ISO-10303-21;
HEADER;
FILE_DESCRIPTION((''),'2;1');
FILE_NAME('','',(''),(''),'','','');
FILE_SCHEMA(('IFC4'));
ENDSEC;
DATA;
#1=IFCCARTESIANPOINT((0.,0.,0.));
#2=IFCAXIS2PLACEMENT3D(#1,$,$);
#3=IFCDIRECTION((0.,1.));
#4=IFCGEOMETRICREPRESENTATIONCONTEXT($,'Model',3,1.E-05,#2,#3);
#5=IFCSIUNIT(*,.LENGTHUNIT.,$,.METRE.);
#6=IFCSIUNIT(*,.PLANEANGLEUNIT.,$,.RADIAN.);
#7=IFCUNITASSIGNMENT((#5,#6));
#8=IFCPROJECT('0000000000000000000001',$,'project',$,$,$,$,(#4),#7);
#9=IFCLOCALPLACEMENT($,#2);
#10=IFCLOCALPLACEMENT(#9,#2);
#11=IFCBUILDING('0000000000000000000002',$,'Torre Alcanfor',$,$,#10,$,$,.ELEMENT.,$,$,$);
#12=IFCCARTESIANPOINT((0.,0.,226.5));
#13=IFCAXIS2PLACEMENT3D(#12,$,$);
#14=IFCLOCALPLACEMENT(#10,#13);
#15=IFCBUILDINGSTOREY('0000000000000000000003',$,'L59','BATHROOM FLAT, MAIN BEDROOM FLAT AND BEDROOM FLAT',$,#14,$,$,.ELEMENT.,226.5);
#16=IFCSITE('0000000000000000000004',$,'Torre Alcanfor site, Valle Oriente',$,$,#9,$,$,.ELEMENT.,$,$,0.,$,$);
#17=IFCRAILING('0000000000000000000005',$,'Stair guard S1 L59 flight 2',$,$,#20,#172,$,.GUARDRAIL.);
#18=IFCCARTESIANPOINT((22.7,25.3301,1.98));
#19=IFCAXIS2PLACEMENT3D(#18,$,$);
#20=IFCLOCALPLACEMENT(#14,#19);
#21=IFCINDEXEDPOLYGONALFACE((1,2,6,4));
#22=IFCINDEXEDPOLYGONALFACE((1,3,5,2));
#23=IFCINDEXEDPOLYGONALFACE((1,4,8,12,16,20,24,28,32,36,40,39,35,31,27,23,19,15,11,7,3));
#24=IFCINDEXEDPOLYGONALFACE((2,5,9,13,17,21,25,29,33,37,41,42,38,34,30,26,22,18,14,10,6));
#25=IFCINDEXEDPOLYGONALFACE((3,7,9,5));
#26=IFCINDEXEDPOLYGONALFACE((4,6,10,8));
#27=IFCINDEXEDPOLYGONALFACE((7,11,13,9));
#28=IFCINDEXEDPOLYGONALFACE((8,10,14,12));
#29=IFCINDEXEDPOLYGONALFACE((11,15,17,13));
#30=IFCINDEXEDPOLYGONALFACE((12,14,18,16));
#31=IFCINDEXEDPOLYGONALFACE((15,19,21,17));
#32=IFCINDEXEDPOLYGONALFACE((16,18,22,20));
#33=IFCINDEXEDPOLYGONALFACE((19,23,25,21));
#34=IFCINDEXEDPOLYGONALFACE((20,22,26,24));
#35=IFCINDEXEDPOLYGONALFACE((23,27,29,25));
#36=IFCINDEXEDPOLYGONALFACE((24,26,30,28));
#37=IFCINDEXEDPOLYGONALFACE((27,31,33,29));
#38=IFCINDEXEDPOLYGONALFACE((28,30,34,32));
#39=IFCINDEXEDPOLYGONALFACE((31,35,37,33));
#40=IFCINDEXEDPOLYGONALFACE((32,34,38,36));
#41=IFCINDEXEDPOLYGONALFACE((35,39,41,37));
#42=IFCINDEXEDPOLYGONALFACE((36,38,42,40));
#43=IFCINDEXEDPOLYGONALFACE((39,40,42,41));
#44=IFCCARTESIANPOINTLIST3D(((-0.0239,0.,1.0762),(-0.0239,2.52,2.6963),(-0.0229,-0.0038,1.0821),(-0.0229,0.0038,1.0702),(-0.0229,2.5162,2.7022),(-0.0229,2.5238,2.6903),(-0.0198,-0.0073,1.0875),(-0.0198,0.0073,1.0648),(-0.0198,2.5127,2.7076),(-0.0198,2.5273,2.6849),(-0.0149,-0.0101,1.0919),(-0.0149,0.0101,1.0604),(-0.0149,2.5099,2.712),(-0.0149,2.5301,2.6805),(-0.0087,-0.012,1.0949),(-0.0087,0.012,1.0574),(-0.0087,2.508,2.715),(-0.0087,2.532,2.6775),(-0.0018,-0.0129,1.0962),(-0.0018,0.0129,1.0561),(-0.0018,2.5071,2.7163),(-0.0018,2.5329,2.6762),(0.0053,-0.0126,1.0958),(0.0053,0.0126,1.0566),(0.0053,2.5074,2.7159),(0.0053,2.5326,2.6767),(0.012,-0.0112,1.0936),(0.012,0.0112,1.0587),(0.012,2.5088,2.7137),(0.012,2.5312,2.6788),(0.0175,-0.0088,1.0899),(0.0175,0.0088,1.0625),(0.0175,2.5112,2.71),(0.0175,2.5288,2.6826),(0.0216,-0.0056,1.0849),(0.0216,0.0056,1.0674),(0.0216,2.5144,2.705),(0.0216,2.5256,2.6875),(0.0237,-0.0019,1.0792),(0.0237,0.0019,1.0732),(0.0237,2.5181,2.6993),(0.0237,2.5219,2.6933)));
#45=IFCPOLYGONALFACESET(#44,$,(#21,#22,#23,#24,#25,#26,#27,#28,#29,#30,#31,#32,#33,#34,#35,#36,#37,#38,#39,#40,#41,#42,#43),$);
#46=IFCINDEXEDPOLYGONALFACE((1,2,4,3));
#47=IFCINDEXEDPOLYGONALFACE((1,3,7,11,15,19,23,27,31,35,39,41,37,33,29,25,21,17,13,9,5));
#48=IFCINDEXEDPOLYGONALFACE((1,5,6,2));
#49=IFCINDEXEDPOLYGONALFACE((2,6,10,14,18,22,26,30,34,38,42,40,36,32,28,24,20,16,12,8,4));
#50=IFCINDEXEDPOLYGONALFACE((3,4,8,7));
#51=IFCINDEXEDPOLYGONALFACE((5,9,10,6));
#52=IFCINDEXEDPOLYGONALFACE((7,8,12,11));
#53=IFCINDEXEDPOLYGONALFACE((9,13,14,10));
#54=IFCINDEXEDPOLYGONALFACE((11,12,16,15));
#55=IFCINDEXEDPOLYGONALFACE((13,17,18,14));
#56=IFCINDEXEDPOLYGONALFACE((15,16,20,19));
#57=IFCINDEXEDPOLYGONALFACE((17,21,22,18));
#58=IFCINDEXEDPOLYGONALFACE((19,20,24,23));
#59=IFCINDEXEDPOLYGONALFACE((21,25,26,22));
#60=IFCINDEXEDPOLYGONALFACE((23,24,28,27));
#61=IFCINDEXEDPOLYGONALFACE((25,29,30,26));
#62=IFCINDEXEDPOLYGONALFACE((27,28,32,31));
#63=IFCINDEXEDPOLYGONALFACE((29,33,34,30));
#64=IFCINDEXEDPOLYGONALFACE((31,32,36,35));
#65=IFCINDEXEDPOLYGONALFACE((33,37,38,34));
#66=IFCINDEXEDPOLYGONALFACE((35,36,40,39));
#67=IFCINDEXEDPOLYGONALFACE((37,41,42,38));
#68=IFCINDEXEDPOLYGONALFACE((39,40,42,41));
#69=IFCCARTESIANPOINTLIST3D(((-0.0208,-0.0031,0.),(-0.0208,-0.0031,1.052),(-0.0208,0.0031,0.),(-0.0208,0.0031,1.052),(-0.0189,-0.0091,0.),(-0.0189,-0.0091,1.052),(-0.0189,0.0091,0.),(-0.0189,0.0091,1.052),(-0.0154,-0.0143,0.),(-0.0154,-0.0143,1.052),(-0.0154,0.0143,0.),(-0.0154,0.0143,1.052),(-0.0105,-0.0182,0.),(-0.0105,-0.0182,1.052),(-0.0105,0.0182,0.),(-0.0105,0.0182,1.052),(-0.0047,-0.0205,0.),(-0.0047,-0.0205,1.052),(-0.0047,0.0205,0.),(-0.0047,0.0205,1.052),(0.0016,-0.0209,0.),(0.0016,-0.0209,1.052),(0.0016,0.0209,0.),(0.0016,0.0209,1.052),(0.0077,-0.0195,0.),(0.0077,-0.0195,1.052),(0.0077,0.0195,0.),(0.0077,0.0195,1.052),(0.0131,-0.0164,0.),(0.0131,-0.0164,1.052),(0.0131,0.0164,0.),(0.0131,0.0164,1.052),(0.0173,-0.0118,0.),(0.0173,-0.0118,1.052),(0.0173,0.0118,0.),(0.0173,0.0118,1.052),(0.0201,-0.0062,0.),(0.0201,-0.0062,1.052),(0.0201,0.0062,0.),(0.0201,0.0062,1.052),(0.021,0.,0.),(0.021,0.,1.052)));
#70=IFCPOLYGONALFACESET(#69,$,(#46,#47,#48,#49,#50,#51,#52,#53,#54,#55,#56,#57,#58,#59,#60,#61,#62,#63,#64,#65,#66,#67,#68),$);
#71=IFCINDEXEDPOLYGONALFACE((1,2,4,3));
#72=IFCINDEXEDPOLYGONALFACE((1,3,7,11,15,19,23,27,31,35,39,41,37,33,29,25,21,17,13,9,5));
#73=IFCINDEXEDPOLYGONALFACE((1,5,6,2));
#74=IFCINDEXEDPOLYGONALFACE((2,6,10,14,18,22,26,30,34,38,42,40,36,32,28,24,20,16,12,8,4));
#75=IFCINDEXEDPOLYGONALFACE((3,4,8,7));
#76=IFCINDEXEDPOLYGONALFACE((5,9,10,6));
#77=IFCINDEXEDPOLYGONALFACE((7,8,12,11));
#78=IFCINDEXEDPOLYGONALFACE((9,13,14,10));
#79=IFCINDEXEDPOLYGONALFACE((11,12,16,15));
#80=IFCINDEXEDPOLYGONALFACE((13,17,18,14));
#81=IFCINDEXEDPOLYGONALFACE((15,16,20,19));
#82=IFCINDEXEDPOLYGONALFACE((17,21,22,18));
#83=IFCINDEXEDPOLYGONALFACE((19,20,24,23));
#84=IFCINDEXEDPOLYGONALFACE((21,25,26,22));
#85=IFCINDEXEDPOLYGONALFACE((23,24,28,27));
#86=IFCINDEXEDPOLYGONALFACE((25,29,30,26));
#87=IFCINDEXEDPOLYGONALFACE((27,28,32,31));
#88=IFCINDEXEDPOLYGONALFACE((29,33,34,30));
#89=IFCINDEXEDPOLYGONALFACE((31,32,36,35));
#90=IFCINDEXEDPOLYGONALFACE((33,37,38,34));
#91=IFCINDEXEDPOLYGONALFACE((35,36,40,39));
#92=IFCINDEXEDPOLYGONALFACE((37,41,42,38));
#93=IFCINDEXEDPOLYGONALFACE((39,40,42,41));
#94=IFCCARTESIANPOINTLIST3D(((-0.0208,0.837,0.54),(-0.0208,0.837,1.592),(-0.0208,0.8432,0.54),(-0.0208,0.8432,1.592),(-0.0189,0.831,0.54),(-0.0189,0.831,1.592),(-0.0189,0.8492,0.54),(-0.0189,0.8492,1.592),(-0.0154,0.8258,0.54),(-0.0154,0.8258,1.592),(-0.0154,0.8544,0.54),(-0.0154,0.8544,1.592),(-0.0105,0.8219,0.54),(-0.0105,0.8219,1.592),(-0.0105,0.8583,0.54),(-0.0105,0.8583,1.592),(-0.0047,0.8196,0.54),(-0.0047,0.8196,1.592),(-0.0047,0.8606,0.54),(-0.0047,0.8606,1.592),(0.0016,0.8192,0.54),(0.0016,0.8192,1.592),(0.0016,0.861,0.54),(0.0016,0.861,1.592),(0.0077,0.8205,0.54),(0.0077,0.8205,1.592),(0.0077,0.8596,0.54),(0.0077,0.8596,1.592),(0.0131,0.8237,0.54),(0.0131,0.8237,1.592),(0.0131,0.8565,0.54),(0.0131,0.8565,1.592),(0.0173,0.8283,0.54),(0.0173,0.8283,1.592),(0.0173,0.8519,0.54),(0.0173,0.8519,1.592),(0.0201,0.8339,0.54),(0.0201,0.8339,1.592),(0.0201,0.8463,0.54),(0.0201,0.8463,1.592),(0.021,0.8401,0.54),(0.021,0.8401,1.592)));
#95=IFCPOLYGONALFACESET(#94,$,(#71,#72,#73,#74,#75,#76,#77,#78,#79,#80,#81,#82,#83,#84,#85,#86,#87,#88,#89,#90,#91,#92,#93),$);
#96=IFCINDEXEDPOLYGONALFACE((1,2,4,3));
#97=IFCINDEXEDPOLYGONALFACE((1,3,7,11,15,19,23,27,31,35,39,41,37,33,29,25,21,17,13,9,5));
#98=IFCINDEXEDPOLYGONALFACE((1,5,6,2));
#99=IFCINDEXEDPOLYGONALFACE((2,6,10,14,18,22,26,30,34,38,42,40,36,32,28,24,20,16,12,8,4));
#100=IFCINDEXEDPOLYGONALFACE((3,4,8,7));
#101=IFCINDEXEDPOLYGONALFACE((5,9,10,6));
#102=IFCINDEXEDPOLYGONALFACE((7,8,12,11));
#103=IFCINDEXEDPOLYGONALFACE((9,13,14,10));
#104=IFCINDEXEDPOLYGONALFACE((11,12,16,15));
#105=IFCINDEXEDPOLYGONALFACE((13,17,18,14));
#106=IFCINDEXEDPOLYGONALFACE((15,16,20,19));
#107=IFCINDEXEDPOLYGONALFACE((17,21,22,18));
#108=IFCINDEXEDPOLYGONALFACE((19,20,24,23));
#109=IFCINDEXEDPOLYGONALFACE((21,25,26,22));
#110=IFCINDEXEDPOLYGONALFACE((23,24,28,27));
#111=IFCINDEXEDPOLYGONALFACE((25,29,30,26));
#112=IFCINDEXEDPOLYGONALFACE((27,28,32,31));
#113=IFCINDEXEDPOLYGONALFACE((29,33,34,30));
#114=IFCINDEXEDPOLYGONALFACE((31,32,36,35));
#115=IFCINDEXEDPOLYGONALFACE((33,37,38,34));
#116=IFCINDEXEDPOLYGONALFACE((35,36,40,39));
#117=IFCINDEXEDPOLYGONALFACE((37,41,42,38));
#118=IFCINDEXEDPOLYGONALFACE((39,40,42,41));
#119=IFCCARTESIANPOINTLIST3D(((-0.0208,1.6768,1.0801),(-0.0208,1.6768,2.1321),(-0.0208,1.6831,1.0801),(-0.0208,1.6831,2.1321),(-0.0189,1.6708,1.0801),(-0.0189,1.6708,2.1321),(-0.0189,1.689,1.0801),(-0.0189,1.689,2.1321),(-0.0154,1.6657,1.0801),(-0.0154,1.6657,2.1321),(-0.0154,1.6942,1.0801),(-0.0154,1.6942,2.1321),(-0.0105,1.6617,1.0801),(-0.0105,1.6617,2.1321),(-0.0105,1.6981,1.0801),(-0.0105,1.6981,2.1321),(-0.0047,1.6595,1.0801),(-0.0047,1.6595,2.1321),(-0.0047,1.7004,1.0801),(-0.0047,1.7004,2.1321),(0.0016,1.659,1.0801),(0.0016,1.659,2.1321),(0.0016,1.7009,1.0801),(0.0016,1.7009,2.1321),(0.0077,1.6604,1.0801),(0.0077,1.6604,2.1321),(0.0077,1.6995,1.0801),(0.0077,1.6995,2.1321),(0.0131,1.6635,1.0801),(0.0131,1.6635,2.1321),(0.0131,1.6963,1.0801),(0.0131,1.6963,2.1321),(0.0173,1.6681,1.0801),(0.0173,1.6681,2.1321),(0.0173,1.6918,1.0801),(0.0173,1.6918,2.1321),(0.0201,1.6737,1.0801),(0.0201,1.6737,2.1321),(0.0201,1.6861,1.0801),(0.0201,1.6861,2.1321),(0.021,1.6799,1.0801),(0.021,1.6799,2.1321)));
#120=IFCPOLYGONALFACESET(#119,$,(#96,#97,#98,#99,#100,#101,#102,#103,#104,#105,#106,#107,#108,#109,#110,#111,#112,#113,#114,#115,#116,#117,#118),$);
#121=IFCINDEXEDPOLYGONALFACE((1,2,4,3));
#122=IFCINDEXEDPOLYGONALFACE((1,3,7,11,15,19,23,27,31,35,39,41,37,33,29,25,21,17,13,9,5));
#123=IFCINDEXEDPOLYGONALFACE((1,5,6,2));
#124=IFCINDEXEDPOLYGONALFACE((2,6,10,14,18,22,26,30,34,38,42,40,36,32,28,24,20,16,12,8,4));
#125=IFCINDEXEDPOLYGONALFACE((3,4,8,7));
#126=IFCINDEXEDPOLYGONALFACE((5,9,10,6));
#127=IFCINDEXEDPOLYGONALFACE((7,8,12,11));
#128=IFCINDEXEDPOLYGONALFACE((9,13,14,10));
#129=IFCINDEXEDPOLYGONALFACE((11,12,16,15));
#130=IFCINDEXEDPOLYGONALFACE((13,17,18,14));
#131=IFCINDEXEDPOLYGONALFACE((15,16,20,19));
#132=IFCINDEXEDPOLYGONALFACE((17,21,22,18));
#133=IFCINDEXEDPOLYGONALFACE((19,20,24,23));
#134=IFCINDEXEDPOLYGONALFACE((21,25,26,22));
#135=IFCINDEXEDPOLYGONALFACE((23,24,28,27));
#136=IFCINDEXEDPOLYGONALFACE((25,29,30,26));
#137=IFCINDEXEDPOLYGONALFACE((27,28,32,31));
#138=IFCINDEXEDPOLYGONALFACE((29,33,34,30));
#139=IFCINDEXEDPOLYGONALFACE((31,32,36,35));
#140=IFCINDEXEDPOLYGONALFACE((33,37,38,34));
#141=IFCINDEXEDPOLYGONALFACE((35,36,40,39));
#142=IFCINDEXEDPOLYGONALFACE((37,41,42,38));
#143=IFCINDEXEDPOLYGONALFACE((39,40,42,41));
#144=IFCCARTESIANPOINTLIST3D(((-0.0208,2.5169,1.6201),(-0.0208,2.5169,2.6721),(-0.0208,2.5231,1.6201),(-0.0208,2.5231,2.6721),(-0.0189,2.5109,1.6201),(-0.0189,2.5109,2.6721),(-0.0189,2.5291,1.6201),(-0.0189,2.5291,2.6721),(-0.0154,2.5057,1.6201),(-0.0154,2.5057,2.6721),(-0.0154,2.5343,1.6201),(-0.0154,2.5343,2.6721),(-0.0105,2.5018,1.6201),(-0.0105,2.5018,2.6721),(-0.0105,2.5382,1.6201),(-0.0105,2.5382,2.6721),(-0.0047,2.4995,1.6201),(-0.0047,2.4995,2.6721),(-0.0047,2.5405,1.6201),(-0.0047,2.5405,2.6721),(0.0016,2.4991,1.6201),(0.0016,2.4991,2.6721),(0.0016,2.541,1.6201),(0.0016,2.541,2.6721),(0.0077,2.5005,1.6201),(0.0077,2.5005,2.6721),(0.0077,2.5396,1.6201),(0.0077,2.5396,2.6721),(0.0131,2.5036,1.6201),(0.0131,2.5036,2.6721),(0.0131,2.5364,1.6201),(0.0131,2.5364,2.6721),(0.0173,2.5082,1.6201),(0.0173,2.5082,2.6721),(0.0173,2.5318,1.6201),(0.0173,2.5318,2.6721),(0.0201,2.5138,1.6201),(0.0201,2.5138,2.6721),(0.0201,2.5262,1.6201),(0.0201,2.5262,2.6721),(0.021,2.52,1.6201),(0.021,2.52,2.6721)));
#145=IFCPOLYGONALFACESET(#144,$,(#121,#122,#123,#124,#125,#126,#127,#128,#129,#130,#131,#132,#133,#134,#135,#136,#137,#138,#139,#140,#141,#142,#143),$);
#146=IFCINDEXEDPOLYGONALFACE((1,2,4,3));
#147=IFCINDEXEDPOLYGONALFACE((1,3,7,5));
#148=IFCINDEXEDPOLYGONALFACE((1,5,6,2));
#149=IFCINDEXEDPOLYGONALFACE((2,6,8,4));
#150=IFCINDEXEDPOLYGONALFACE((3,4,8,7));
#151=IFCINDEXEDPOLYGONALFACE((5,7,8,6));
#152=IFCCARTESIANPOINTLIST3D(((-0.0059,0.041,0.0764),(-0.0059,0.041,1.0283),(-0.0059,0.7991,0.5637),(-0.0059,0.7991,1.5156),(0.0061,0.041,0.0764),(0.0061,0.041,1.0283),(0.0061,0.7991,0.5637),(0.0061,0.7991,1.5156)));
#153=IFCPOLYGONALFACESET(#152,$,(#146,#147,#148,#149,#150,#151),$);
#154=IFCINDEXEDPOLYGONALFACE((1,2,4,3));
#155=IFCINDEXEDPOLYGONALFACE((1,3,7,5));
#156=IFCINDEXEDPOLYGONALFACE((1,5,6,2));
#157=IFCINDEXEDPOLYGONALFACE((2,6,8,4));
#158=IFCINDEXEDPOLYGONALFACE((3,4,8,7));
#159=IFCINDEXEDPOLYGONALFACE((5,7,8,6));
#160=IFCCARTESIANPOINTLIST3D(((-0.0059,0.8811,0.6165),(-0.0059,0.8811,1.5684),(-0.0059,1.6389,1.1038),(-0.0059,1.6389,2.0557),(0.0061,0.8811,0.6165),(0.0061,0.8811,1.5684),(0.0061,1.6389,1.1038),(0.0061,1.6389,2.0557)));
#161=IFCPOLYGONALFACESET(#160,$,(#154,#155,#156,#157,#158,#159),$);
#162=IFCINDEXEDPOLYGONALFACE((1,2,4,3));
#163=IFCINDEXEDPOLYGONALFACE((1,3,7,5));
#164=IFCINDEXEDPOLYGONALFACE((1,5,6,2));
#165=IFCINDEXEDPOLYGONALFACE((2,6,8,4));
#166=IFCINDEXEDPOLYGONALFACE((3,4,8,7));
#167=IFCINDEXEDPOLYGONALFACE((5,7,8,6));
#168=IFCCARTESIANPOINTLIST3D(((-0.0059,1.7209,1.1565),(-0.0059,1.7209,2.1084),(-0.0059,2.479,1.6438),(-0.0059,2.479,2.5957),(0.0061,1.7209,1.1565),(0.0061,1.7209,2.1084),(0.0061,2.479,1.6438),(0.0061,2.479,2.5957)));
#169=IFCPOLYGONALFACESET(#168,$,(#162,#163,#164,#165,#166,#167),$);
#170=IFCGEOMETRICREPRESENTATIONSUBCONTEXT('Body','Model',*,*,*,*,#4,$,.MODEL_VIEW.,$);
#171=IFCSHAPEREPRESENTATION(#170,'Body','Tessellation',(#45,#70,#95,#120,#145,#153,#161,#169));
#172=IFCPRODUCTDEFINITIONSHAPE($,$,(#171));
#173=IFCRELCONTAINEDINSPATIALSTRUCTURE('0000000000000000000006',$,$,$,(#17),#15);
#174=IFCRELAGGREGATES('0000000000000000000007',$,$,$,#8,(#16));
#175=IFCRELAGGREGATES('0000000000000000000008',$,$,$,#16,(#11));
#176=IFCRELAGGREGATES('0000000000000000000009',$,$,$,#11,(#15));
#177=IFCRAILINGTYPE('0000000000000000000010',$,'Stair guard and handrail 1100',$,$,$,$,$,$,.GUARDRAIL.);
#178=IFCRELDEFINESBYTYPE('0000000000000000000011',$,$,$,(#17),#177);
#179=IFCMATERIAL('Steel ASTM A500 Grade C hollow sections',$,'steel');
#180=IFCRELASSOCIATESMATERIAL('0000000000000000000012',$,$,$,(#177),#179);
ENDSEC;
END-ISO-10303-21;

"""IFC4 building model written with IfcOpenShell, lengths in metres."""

from ifc_helpers import new_model, si_unit, direction, frame, origin, origin_2d, place, context, subcontext, project, spatial, polyline, circle, outline, extrude, material, type_object, element, save


model = new_model("IFC4")

# Units and contexts
model_context = context("Model", 3, precision=1e-05, world=origin(), true_north=direction((0.0, 1.0)))
body_context = subcontext(model_context, "Body", "Model", "MODEL_VIEW")
ifc_project = project(units=[si_unit("LENGTHUNIT", "METRE"), si_unit("PLANEANGLEUNIT", "RADIAN")], contexts=[model_context])

# Site, building, storey
site_placement = place(None, origin())
site = spatial("IfcSite", under=ifc_project, at=site_placement, Name="Torre Alcanfor site, Valle Oriente", CompositionType="ELEMENT", RefElevation=0.0)
building_placement = place(site_placement, origin())
building = spatial("IfcBuilding", under=site, at=building_placement, Name="Torre Alcanfor", CompositionType="ELEMENT")
storey_placement = place(building_placement, frame((0.0, 0.0, 226.5)))
storey = spatial("IfcBuildingStorey", under=building, at=storey_placement, Name="L59", Description="BATHROOM FLAT, MAIN BEDROOM FLAT AND BEDROOM FLAT", CompositionType="ELEMENT", Elevation=226.5)

# Railing
ifc_material_1 = material(Name="Steel ASTM A500 Grade C hollow sections", Category="steel")
railing_type_1 = type_object("IfcRailingType", Name="Stair guard and handrail 1100", PredefinedType="GUARDRAIL", material=ifc_material_1)
railing_1_placement = place(storey_placement, frame((22.7, 25.3301, 1.98)))
element("IfcRailing", 1, at=railing_1_placement, inside=storey, type_object=railing_type_1, Name="Stair guard S1 L59 flight 2", PredefinedType="GUARDRAIL", context=body_context, shape_type="SweptSolid", body=[
    extrude(circle(Radius=0.0239, at=origin_2d()), frame((0.0, 0.0, 1.0762), z_axis=(0.0, 0.841163, 0.540782), x_axis=(-1.0, 0.0, 0.0)), (0.0, 0.0, 1.0), 2.9958),
    extrude(circle(Radius=0.021, at=origin_2d()), origin(), (0.0, 0.0, 1.0), 1.052),
    extrude(circle(Radius=0.021, at=origin_2d()), frame((0.0, 0.8401, 0.54)), (0.0, 0.0, 1.0), 1.052),
    extrude(circle(Radius=0.021, at=origin_2d()), frame((0.0, 1.6799, 1.0801)), (0.0, 0.0, 1.0), 1.052),
    extrude(circle(Radius=0.021, at=origin_2d()), frame((0.0, 2.52, 1.6201)), (0.0, 0.0, 1.0), 1.052),
    extrude(outline(polyline([(0.041, 0.0764), (0.7991, 0.5637), (0.7991, 1.5156), (0.041, 1.0283), (0.041, 0.0764)])), frame((-0.0059, 0.0, 0.0), z_axis=(1.0, 0.0, 0.0), x_axis=(0.0, 1.0, 0.0)), (0.0, 0.0, 1.0), 0.012),
    extrude(outline(polyline([(0.8811, 0.6165), (1.6389, 1.1038), (1.6389, 2.0557), (0.8811, 1.5684), (0.8811, 0.6165)])), frame((-0.0059, 0.0, 0.0), z_axis=(1.0, 0.0, 0.0), x_axis=(0.0, 1.0, 0.0)), (0.0, 0.0, 1.0), 0.012),
    extrude(outline(polyline([(1.7209, 1.1565), (2.479, 1.6438), (2.479, 2.5957), (1.7209, 2.1084), (1.7209, 1.1565)])), frame((-0.0059, 0.0, 0.0), z_axis=(1.0, 0.0, 0.0), x_axis=(0.0, 1.0, 0.0)), (0.0, 0.0, 1.0), 0.012),
])

save(model, "model.ifc")
